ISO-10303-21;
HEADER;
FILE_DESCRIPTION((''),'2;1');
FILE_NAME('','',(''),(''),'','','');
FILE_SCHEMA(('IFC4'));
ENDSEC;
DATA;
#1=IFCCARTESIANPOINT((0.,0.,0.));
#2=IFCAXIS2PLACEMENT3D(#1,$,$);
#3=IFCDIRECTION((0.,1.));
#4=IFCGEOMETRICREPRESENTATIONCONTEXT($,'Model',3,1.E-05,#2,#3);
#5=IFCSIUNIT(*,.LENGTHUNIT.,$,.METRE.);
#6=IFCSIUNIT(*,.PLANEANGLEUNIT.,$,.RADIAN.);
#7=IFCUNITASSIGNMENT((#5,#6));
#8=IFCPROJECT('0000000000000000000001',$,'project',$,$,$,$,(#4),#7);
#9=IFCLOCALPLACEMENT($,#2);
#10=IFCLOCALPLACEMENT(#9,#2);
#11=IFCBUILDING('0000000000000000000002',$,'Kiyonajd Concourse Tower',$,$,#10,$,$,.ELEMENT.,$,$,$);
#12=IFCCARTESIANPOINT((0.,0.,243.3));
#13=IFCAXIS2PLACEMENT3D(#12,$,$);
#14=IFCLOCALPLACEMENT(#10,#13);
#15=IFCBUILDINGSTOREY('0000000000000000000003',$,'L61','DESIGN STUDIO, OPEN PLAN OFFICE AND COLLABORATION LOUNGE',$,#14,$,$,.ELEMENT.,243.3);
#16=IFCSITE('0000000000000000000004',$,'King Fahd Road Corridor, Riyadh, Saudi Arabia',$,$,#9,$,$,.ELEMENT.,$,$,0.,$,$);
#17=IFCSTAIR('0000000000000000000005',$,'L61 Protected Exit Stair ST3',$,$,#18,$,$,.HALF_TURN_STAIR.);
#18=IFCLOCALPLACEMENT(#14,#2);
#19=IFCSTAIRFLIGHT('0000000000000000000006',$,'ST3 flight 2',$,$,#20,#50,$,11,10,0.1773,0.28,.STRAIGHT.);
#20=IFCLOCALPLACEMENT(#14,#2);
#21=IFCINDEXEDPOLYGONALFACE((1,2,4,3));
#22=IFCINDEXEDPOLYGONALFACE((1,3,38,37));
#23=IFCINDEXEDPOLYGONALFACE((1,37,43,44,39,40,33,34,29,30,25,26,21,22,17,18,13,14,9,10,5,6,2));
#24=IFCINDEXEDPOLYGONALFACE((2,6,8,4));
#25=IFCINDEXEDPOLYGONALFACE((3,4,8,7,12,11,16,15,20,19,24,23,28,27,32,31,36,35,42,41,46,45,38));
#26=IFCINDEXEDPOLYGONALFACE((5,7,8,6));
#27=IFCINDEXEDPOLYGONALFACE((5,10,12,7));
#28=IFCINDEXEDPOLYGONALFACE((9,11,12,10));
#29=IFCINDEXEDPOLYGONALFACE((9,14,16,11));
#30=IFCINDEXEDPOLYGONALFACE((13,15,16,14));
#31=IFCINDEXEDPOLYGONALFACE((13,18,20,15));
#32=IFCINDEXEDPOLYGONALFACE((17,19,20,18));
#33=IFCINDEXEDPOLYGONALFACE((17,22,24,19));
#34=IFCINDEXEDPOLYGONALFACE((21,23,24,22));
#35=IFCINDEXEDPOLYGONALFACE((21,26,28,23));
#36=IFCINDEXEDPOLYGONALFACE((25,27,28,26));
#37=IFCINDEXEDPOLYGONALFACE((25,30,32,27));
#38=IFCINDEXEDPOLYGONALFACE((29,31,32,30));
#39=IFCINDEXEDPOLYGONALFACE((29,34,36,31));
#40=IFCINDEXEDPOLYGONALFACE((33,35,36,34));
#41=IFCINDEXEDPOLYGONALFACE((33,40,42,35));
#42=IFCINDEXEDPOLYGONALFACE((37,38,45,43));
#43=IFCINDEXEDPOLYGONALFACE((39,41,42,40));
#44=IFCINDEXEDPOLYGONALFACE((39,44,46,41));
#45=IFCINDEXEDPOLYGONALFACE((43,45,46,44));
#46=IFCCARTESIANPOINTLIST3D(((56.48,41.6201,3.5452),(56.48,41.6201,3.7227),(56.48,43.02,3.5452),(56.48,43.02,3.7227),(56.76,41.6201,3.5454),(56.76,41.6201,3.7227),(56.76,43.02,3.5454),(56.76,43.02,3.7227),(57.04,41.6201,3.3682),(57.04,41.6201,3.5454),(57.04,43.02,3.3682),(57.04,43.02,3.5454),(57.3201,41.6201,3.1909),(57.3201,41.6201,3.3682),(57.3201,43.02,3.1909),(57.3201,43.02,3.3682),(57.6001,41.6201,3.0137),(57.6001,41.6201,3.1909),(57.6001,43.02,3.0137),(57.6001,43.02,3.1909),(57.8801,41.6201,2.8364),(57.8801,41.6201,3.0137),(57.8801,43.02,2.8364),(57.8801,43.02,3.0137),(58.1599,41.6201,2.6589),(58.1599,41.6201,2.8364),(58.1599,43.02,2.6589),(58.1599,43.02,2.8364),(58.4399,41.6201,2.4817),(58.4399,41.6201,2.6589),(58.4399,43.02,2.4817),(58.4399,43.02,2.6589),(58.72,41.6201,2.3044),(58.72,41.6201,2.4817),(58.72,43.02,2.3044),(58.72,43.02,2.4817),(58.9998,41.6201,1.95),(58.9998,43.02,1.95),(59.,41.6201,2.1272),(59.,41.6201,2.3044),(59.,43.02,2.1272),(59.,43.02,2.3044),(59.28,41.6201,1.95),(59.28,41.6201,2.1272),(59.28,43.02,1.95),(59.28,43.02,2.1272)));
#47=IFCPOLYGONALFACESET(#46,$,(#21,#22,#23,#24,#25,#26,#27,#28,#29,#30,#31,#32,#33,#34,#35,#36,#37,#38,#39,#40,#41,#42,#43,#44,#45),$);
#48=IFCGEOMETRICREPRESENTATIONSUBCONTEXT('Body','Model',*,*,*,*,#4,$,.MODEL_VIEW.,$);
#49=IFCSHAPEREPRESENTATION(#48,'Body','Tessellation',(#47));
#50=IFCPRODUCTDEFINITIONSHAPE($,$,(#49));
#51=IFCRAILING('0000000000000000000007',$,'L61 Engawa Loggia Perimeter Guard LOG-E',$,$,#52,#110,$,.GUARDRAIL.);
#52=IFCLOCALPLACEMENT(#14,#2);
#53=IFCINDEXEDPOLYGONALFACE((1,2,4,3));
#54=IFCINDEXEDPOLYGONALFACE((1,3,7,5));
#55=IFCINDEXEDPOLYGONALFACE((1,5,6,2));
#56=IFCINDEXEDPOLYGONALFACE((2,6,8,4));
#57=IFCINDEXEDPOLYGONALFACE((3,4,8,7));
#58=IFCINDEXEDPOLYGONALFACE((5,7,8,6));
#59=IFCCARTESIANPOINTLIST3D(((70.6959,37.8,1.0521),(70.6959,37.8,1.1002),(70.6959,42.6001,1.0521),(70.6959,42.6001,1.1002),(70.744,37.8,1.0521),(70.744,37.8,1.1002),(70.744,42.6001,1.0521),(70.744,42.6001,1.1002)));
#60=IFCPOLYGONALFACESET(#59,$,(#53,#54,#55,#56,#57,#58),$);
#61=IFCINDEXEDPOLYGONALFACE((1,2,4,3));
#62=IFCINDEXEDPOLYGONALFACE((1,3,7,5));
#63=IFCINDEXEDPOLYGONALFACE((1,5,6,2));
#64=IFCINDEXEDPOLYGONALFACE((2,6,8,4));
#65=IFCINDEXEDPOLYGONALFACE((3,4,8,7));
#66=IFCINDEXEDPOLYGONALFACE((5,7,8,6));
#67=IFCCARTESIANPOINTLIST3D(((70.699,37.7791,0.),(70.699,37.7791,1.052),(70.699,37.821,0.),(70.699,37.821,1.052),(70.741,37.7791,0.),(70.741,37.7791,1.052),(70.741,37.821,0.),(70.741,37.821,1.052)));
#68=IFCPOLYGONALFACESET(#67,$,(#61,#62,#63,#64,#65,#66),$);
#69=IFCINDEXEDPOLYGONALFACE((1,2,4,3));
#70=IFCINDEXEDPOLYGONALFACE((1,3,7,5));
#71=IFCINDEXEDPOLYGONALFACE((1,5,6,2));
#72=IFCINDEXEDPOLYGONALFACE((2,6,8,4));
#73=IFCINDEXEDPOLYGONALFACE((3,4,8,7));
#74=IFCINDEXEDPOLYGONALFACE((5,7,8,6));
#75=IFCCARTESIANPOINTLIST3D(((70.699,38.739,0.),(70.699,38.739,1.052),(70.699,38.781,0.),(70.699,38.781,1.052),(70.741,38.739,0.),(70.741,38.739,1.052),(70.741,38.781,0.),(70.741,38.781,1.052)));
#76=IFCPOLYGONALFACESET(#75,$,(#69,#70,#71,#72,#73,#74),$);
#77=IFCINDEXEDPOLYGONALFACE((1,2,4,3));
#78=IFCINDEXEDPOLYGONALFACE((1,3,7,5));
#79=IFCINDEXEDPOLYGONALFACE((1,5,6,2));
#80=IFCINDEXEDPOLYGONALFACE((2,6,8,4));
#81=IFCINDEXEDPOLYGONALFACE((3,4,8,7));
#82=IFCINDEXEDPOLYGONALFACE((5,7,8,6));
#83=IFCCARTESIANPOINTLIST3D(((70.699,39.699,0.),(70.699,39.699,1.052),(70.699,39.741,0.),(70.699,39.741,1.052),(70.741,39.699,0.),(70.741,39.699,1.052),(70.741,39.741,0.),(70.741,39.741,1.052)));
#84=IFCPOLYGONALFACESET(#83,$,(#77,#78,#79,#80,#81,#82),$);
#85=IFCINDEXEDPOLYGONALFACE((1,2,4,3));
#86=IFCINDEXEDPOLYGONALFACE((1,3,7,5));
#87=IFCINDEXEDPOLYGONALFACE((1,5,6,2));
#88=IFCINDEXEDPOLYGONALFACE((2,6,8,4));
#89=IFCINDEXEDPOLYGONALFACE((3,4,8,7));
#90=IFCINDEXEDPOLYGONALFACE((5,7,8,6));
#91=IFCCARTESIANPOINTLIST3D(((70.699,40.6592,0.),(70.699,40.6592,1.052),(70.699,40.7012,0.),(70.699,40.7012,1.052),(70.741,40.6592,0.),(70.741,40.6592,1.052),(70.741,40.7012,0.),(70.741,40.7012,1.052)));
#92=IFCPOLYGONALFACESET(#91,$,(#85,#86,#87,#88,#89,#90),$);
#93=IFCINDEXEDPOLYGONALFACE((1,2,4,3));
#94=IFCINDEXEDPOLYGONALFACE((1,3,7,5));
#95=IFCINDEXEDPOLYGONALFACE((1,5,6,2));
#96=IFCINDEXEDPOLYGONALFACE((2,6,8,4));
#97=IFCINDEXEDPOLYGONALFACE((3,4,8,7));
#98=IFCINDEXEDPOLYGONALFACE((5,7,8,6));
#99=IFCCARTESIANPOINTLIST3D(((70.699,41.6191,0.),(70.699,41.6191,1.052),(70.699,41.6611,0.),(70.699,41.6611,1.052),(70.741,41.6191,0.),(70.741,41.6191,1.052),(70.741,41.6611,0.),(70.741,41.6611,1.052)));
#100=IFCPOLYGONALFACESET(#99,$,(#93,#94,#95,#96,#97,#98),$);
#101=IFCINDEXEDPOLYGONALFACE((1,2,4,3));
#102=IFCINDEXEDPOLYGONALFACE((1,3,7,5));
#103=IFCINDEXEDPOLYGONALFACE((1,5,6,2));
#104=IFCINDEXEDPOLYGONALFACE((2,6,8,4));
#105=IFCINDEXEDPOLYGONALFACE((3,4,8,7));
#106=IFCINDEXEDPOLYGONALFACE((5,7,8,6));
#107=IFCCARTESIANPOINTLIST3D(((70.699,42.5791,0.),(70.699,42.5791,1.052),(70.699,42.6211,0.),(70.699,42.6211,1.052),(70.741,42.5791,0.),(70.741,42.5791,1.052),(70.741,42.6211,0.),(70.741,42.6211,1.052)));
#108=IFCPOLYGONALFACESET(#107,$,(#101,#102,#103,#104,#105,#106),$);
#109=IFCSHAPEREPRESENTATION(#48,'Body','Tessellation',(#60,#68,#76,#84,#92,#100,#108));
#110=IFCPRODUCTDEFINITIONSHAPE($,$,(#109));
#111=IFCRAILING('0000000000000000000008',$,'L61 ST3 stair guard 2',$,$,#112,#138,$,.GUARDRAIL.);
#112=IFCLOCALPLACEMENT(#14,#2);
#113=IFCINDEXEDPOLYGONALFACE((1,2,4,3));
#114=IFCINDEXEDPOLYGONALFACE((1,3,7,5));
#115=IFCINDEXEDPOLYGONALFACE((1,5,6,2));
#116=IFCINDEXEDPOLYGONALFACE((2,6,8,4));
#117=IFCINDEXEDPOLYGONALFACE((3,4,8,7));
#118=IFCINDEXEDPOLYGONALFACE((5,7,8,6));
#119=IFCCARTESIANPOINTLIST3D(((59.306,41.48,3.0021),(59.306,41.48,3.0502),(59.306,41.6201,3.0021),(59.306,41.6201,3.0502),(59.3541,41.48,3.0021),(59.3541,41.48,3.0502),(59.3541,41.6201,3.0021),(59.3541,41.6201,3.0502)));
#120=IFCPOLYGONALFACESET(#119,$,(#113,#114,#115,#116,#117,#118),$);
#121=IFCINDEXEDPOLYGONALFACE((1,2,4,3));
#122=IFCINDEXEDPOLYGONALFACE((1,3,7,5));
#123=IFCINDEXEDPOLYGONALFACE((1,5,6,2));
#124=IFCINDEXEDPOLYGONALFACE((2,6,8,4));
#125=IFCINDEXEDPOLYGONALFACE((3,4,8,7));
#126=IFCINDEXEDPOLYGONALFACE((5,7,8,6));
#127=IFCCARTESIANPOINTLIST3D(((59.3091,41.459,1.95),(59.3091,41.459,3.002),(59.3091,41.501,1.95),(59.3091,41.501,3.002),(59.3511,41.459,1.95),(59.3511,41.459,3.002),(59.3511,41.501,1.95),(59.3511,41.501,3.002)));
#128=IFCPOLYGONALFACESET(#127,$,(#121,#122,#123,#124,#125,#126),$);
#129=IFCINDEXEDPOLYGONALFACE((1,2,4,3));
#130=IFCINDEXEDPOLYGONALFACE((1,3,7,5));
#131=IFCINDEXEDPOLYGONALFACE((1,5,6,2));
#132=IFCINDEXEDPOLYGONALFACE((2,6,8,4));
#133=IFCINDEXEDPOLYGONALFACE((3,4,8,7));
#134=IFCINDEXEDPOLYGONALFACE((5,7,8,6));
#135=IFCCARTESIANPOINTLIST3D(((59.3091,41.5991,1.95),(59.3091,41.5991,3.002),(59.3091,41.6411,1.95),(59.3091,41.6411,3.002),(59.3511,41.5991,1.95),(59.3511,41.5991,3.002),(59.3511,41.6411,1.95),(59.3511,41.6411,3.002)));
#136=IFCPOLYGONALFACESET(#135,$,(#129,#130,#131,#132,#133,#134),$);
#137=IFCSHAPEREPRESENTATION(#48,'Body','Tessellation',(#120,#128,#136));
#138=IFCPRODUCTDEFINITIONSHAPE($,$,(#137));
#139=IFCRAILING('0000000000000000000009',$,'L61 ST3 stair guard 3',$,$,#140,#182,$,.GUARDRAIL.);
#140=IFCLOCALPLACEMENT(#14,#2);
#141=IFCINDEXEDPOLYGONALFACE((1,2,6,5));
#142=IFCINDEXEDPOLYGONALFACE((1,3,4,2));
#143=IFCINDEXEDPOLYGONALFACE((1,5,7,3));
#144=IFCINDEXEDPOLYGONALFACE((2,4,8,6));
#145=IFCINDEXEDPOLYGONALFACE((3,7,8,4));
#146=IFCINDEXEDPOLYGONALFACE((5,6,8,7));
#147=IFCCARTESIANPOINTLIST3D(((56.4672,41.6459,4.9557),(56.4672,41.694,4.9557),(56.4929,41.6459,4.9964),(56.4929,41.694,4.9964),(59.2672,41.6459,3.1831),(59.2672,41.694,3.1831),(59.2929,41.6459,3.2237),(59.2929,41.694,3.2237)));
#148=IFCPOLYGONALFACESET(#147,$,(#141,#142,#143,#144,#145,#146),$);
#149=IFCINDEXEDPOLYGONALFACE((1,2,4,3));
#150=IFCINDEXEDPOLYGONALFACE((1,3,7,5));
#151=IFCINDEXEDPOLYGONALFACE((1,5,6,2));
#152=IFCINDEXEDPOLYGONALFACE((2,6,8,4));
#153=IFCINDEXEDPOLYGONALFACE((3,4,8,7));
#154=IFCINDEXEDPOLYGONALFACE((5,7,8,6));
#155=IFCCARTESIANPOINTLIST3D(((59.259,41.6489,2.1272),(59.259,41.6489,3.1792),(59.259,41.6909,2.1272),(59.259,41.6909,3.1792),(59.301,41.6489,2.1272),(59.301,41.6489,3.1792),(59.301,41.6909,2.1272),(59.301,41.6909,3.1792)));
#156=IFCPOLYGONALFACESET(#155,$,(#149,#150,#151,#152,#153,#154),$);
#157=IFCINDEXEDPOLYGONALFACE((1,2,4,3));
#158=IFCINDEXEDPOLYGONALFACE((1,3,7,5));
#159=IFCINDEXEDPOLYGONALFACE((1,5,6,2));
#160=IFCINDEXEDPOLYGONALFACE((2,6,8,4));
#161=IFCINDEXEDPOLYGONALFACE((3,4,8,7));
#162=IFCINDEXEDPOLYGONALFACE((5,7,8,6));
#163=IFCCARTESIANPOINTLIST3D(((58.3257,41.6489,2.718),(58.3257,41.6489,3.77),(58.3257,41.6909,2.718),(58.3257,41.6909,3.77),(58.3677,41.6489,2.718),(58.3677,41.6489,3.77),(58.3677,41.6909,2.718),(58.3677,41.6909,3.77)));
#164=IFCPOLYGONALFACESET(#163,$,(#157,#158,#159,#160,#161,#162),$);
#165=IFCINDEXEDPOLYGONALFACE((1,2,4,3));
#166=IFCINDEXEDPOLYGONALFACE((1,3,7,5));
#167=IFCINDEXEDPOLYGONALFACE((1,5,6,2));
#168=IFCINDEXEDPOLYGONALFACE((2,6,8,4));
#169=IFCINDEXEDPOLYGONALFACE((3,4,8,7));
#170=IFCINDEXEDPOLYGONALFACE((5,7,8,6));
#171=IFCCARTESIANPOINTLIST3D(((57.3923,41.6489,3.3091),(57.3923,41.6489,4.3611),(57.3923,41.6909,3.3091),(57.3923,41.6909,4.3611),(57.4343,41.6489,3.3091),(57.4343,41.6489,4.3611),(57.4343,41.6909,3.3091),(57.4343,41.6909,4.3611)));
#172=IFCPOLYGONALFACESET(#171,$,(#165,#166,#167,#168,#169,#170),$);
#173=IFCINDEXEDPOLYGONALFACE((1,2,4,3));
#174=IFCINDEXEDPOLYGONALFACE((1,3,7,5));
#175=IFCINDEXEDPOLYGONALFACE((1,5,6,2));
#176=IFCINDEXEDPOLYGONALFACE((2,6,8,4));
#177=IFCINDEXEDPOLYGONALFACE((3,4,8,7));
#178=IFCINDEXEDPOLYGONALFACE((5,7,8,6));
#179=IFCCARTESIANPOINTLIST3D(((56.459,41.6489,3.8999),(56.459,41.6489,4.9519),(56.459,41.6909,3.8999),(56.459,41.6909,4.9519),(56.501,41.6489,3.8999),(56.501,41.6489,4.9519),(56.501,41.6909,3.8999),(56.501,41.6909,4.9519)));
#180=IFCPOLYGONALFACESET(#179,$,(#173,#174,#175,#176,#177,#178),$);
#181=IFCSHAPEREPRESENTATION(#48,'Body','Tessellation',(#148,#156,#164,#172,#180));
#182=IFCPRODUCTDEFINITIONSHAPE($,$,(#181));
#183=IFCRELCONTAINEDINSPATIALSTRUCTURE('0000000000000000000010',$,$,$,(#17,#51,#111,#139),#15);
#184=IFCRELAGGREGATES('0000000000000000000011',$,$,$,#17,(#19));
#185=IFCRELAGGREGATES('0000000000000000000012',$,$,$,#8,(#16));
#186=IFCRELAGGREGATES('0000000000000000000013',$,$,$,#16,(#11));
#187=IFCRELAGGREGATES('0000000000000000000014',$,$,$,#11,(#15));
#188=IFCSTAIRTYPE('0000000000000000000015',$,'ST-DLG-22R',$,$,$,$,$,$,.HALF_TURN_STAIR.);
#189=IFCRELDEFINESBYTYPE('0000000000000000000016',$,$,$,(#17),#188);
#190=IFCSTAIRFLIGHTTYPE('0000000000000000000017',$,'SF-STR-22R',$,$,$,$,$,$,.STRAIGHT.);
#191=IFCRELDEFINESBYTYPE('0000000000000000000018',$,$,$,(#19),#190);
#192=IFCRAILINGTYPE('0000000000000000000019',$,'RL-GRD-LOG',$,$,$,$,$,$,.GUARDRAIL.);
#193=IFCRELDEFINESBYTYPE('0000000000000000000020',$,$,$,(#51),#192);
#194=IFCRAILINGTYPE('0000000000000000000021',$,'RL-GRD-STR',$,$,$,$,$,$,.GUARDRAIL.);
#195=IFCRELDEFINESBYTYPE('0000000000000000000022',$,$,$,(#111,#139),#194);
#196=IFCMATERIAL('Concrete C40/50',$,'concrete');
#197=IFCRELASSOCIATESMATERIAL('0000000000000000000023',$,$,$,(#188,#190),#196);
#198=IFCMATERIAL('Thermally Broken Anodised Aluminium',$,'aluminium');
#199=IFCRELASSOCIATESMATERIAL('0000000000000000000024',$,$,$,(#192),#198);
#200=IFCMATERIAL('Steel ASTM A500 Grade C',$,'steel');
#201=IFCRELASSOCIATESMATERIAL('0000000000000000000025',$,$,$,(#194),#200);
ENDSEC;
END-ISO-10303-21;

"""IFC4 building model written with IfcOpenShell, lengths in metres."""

from ifc_helpers import new_model, si_unit, direction, frame, origin, origin_2d, place, context, subcontext, project, spatial, polyline, rectangle, outline, extrude, material, type_object, element, aggregate, save


model = new_model("IFC4")

# Units and contexts
model_context = context("Model", 3, precision=1e-05, world=origin(), true_north=direction((0.0, 1.0)))
body_context = subcontext(model_context, "Body", "Model", "MODEL_VIEW")
ifc_project = project(units=[si_unit("LENGTHUNIT", "METRE"), si_unit("PLANEANGLEUNIT", "RADIAN")], contexts=[model_context])

# Site, building, storey
site_placement = place(None, origin())
site = spatial("IfcSite", under=ifc_project, at=site_placement, Name="King Fahd Road Corridor, Riyadh, Saudi Arabia", CompositionType="ELEMENT", RefElevation=0.0)
building_placement = place(site_placement, origin())
building = spatial("IfcBuilding", under=site, at=building_placement, Name="Kiyonajd Concourse Tower", CompositionType="ELEMENT")
storey_placement = place(building_placement, frame((0.0, 0.0, 243.3)))
storey = spatial("IfcBuildingStorey", under=building, at=storey_placement, Name="L61", Description="DESIGN STUDIO, OPEN PLAN OFFICE AND COLLABORATION LOUNGE", CompositionType="ELEMENT", Elevation=243.3)

# Shared definitions
ifc_material_1 = material(Name="Thermally Broken Anodised Aluminium", Category="aluminium")

# Stair, stair flight
ifc_material_2 = material(Name="Concrete C40/50", Category="concrete")
stair_type = type_object("IfcStairType", Name="ST-DLG-22R", PredefinedType="HALF_TURN_STAIR", material=ifc_material_2)
stair_placement = place(storey_placement, origin())
stair = element("IfcStair", 1, at=stair_placement, inside=storey, type_object=stair_type, Name="L61 Protected Exit Stair ST3", PredefinedType="HALF_TURN_STAIR")
stair_flight_type = type_object("IfcStairFlightType", Name="SF-STR-22R", PredefinedType="STRAIGHT", material=ifc_material_2)
stair_flight_placement = place(storey_placement, frame((59.28, 42.3201, 1.95), z_axis=(0.0, 0.0, 1.0), x_axis=(-1.0, 0.0, 0.0)))
stair_flight = element("IfcStairFlight", 2, at=stair_flight_placement, type_object=stair_flight_type, Name="ST3 flight 2", NumberOfRisers=11, NumberOfTreads=10, PredefinedType="STRAIGHT", RiserHeight=0.1773, TreadLength=0.28, context=body_context, shape_type="SweptSolid", body=[
    extrude(outline(polyline([(0.0, 0.0), (0.0, 0.1772), (0.28, 0.1772), (0.28, 0.3545), (0.5601, 0.3545), (0.5601, 0.5317), (0.8401, 0.5317), (0.8401, 0.709), (1.1201, 0.709), (1.1201, 0.8865), (1.3999, 0.8865), (1.3999, 1.0637), (1.6799, 1.0637), (1.6799, 1.241), (1.96, 1.241), (1.96, 1.4182), (2.24, 1.4182), (2.24, 1.5955), (2.52, 1.5955), (2.52, 1.7727), (2.8, 1.7727), (2.8, 1.95), (2.8, 1.5952), (0.2803, 0.0), (0.0, 0.0)])), frame((0.0, 0.7, 0.0), z_axis=(0.0, -1.0, 0.0), x_axis=(1.0, 0.0, 0.0)), (0.0, 0.0, 1.0), 1.3999),
])
aggregate(stair, [stair_flight])

# Railings
railing_type_1 = type_object("IfcRailingType", Name="RL-GRD-LOG", PredefinedType="GUARDRAIL", material=ifc_material_1)
railing_1_placement = place(storey_placement, frame((70.72, 37.8, 0.0)))
element("IfcRailing", 3, at=railing_1_placement, inside=storey, type_object=railing_type_1, Name="L61 Engawa Loggia Perimeter Guard LOG-E", PredefinedType="GUARDRAIL", context=body_context, shape_type="SweptSolid", body=[
    extrude(rectangle(XDim=0.0481, YDim=0.0481, at=origin_2d()), frame((0.0, 0.0, 1.0762), z_axis=(0.0, 1.0, 0.0), x_axis=(-1.0, 0.0, 0.0)), (0.0, 0.0, 1.0), 4.8),
    extrude(rectangle(XDim=0.042, YDim=0.042, at=origin_2d()), origin(), (0.0, 0.0, 1.0), 1.052),
    extrude(rectangle(XDim=0.042, YDim=0.042, at=origin_2d()), frame((0.0, 0.96, 0.0)), (0.0, 0.0, 1.0), 1.052),
    extrude(rectangle(XDim=0.042, YDim=0.042, at=origin_2d()), frame((0.0, 1.9199, 0.0)), (0.0, 0.0, 1.0), 1.052),
    extrude(rectangle(XDim=0.042, YDim=0.042, at=origin_2d()), frame((0.0, 2.8801, 0.0)), (0.0, 0.0, 1.0), 1.052),
    extrude(rectangle(XDim=0.042, YDim=0.042, at=origin_2d()), frame((0.0, 3.8401, 0.0)), (0.0, 0.0, 1.0), 1.052),
    extrude(rectangle(XDim=0.042, YDim=0.042, at=origin_2d()), frame((0.0, 4.8, 0.0)), (0.0, 0.0, 1.0), 1.052),
])
ifc_material_3 = material(Name="Steel ASTM A500 Grade C", Category="steel")
railing_type_2 = type_object("IfcRailingType", Name="RL-GRD-STR", PredefinedType="GUARDRAIL", material=ifc_material_3)
railing_2_placement = place(storey_placement, frame((59.3301, 41.48, 1.95)))
element("IfcRailing", 4, at=railing_2_placement, inside=storey, type_object=railing_type_2, Name="L61 ST3 stair guard 2", PredefinedType="GUARDRAIL", context=body_context, shape_type="SweptSolid", body=[
    extrude(rectangle(XDim=0.0481, YDim=0.0481, at=origin_2d()), frame((0.0, 0.0, 1.0762), z_axis=(0.0, 1.0, 0.0), x_axis=(-1.0, 0.0, 0.0)), (0.0, 0.0, 1.0), 0.1401),
    extrude(rectangle(XDim=0.042, YDim=0.042, at=origin_2d()), origin(), (0.0, 0.0, 1.0), 1.052),
    extrude(rectangle(XDim=0.042, YDim=0.042, at=origin_2d()), frame((0.0, 0.1401, 0.0)), (0.0, 0.0, 1.0), 1.052),
])
railing_3_placement = place(storey_placement, frame((59.28, 41.6699, 2.1272)))
element("IfcRailing", 5, at=railing_3_placement, inside=storey, type_object=railing_type_2, Name="L61 ST3 stair guard 3", PredefinedType="GUARDRAIL", context=body_context, shape_type="SweptSolid", body=[
    extrude(rectangle(XDim=0.0481, YDim=0.0481, at=origin_2d()), frame((0.0, 0.0, 1.0762), z_axis=(-0.844909, 0.0, 0.53491), x_axis=(0.0, -1.0, 0.0)), (0.0, 0.0, 1.0), 3.314),
    extrude(rectangle(XDim=0.042, YDim=0.042, at=origin_2d()), origin(), (0.0, 0.0, 1.0), 1.052),
    extrude(rectangle(XDim=0.042, YDim=0.042, at=origin_2d()), frame((-0.9333, 0.0, 0.5908)), (0.0, 0.0, 1.0), 1.052),
    extrude(rectangle(XDim=0.042, YDim=0.042, at=origin_2d()), frame((-1.8667, 0.0, 1.1819)), (0.0, 0.0, 1.0), 1.052),
    extrude(rectangle(XDim=0.042, YDim=0.042, at=origin_2d()), frame((-2.8, 0.0, 1.7727)), (0.0, 0.0, 1.0), 1.052),
])

save(model, "model.ifc")
